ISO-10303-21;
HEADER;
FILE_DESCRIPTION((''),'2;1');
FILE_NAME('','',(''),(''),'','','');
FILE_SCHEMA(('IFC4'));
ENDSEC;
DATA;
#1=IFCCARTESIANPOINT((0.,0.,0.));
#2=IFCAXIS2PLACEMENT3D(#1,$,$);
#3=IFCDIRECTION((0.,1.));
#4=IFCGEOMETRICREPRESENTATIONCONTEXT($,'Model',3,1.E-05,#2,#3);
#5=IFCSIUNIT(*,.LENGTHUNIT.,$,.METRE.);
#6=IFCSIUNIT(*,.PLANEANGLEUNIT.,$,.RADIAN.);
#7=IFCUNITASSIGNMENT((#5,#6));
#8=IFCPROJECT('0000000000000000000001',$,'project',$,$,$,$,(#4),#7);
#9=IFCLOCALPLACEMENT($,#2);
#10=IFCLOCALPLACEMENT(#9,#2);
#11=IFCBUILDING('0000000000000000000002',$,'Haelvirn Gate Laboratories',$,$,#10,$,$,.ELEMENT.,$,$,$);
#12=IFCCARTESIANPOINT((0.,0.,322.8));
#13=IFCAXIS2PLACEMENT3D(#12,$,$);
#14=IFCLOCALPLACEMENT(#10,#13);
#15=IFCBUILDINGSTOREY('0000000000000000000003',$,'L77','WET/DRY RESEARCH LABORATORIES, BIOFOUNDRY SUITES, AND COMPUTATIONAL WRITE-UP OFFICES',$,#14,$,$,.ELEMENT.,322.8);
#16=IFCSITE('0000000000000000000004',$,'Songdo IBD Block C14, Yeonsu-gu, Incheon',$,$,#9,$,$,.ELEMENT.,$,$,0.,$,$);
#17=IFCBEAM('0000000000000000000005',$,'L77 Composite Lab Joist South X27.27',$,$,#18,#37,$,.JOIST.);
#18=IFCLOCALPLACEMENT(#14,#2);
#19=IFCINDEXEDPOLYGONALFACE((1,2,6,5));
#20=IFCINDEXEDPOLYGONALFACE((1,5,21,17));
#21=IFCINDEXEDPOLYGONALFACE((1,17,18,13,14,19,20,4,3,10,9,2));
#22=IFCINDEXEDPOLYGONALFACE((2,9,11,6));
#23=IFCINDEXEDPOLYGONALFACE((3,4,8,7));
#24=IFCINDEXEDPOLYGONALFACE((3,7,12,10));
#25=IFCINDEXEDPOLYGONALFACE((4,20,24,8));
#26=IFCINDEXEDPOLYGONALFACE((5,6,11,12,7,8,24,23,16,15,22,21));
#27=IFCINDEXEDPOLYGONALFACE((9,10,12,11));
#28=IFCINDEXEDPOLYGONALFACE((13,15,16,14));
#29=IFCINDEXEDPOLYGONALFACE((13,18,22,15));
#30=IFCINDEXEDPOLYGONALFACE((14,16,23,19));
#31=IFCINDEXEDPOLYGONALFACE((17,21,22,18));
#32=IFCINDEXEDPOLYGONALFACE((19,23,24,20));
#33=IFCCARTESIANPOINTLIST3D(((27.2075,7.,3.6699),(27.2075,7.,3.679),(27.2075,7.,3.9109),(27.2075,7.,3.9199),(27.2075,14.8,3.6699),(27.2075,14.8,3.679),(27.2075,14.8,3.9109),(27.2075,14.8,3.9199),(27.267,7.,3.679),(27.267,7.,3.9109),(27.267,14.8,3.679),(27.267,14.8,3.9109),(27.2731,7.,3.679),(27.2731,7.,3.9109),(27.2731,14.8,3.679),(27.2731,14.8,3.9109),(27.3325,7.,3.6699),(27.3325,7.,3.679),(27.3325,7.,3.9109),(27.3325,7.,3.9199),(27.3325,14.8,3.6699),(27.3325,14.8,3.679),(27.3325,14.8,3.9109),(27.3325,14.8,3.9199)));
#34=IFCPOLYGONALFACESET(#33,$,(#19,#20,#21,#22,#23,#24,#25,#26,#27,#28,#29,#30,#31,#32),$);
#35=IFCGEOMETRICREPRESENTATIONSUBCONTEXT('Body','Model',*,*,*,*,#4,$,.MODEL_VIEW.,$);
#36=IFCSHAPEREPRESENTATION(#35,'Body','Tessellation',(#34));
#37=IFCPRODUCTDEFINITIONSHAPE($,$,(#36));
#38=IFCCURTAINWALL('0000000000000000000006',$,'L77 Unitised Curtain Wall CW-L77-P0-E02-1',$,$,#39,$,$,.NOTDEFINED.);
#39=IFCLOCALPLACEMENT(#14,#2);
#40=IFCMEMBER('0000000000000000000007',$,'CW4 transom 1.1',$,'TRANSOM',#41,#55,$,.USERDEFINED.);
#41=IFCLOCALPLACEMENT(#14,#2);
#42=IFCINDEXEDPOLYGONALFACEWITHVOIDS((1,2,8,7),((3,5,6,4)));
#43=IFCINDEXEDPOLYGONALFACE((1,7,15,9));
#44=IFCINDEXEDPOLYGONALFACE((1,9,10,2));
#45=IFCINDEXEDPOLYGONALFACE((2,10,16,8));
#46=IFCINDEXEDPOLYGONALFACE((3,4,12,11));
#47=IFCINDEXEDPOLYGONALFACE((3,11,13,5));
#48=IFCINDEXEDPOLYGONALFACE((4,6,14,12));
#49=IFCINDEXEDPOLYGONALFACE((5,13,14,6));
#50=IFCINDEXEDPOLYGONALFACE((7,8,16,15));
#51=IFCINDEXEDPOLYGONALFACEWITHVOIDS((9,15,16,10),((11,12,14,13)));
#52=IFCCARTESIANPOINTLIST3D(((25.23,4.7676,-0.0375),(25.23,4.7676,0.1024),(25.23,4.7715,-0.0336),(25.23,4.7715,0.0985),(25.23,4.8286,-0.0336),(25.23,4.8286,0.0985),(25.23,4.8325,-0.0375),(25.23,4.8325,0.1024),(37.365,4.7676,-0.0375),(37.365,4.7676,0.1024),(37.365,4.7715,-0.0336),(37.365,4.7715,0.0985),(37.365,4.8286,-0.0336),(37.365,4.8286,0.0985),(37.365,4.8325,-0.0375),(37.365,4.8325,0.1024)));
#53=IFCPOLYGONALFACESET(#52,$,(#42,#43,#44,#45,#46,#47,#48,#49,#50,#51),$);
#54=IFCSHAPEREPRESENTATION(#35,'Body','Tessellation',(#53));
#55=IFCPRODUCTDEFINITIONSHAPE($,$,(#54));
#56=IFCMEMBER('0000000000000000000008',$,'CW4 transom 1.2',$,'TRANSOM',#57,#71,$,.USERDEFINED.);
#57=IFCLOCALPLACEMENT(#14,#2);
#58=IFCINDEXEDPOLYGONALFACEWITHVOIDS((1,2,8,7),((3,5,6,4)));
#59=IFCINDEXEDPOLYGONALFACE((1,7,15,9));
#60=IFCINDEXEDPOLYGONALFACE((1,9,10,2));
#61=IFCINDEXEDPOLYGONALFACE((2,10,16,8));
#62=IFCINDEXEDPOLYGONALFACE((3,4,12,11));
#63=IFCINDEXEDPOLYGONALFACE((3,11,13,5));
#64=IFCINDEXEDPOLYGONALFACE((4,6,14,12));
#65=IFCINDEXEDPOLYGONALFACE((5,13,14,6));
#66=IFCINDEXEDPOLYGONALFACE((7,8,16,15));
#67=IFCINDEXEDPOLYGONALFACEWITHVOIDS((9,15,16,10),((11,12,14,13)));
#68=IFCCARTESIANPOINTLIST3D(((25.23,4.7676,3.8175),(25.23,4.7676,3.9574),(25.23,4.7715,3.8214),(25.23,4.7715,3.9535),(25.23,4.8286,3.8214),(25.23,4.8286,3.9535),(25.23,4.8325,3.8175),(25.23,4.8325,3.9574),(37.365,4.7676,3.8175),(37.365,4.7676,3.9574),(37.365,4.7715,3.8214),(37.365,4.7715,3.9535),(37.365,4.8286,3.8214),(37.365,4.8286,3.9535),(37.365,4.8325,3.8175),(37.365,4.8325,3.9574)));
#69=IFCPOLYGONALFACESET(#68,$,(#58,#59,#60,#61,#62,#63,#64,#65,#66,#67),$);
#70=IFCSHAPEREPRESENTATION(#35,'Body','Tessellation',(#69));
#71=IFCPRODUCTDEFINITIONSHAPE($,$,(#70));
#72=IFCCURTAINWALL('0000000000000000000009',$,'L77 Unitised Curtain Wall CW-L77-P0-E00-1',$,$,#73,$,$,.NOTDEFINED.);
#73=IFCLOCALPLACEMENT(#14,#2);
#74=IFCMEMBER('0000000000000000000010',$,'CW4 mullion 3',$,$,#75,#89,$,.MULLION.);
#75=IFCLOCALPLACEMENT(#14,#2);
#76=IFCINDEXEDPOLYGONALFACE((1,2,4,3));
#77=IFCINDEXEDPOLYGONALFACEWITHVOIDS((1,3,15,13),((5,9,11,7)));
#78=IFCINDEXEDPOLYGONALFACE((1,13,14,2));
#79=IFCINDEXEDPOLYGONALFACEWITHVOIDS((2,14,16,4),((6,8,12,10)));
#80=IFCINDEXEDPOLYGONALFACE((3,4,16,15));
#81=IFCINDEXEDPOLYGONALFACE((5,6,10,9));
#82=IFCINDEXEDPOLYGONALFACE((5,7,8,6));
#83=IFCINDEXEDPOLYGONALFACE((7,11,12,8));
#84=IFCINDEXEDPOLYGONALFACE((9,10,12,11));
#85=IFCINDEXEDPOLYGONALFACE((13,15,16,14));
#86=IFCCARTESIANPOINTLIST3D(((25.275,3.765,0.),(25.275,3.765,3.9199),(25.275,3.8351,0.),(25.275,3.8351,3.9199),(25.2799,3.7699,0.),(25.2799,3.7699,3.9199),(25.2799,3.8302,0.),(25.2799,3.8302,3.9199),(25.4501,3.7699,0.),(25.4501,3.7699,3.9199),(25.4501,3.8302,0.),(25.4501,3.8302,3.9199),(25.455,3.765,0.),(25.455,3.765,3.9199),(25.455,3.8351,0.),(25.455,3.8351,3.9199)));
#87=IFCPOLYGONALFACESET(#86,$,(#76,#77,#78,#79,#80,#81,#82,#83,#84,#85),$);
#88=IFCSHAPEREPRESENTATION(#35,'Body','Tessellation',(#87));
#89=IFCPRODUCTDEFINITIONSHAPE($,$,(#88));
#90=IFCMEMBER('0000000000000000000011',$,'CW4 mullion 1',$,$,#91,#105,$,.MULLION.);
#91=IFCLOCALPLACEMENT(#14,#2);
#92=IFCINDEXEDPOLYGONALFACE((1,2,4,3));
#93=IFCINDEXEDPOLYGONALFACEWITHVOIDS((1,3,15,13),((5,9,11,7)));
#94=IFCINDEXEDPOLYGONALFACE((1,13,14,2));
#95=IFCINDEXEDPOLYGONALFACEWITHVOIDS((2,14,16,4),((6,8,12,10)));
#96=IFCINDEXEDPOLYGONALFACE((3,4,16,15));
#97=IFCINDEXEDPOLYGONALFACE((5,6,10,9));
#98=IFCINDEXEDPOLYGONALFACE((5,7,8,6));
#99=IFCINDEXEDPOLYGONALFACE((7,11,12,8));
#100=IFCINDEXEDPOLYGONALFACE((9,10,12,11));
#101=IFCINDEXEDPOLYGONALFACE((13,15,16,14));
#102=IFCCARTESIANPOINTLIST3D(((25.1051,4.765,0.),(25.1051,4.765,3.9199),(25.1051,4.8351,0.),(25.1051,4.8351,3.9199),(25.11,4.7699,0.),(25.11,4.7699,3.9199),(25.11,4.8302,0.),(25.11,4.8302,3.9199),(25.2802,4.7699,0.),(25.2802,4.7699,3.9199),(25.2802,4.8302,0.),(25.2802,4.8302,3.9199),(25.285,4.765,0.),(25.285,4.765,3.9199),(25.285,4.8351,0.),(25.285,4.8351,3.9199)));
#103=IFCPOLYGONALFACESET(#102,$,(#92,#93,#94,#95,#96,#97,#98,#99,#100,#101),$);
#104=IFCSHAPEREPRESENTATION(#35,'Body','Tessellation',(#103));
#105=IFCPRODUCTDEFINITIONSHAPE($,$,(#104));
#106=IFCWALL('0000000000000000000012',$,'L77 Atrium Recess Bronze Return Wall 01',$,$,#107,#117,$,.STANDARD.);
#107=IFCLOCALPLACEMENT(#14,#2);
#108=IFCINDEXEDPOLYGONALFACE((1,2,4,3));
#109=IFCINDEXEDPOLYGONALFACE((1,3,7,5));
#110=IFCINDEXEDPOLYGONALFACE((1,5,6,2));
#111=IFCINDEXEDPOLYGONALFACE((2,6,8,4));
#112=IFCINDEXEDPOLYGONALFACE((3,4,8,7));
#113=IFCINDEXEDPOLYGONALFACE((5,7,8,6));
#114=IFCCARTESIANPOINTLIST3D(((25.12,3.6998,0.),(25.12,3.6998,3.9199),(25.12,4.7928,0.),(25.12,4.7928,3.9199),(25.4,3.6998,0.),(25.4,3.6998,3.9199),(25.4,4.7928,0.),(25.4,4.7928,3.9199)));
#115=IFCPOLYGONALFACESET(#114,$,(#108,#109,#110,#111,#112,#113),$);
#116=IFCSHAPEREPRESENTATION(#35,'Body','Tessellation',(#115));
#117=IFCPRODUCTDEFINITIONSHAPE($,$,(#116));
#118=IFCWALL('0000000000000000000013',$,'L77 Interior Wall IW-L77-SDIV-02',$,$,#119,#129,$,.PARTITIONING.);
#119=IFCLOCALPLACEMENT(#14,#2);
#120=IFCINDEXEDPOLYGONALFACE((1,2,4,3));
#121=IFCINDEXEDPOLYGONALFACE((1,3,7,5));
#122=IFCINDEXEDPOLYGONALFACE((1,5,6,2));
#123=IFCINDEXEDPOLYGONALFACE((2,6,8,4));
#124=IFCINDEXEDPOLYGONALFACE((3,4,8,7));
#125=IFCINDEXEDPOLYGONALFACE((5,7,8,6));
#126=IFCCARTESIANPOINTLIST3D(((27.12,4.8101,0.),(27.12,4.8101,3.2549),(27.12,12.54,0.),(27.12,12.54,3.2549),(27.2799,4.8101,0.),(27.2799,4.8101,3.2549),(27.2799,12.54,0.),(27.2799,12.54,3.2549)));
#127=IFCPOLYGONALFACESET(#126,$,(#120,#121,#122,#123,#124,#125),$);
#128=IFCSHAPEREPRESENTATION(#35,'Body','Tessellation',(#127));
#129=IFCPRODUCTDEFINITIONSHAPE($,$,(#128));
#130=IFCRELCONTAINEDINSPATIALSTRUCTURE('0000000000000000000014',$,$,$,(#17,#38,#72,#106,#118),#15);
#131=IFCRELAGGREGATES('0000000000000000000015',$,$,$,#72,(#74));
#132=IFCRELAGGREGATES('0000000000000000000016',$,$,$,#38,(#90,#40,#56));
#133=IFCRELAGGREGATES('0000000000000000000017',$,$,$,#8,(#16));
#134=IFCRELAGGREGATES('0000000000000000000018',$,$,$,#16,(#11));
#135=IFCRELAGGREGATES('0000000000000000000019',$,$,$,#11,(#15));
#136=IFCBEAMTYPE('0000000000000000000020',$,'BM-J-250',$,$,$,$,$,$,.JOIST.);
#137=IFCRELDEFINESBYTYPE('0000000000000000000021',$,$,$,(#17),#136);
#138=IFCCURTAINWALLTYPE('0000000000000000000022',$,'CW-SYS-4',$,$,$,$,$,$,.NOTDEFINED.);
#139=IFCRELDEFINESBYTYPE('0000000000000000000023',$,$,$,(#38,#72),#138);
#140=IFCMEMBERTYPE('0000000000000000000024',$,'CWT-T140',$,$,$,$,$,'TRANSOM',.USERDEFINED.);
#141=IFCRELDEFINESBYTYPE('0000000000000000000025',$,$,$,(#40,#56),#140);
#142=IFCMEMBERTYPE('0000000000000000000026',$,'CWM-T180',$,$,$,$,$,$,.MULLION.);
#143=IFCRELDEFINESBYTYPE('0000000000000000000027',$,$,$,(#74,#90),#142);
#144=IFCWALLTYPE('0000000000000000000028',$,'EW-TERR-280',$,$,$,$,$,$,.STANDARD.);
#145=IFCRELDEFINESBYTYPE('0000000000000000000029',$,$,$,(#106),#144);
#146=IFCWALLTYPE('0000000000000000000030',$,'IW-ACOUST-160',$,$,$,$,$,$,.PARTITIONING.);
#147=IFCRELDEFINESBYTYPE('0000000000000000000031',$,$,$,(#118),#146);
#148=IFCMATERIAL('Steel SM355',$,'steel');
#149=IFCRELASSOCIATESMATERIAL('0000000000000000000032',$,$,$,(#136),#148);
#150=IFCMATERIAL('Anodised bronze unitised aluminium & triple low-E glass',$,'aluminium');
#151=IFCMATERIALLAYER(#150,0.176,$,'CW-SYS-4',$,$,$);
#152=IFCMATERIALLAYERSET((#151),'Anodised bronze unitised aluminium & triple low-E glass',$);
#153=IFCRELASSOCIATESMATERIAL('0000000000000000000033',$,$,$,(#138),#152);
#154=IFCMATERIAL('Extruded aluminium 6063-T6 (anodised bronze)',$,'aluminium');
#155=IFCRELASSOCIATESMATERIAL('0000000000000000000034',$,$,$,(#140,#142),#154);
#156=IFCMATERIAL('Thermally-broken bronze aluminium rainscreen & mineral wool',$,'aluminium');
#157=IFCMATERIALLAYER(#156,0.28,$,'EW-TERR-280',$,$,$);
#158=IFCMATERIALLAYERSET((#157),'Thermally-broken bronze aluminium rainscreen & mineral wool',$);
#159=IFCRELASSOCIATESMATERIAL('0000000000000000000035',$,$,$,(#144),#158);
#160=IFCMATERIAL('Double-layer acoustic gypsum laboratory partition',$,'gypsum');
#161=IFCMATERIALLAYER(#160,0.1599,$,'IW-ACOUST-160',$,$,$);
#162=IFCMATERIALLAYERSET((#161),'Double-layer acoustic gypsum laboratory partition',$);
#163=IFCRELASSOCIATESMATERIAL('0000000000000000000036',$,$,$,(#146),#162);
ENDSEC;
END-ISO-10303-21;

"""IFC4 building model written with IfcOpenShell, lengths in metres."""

from ifc_helpers import new_model, si_unit, direction, frame, frame_2d, origin, origin_2d, place, context, subcontext, project, spatial, rectangle, hollow_rectangle, i_section, extrude, source, transform, mapped, material, layer, layer_set, material_profile, profile_set, type_object, type_shapes, element, aggregate, save


model = new_model("IFC4")

# Units and contexts
model_context = context("Model", 3, precision=1e-05, world=origin(), true_north=direction((0.0, 1.0)))
body_context = subcontext(model_context, "Body", "Model", "MODEL_VIEW")
ifc_project = project(units=[si_unit("LENGTHUNIT", "METRE"), si_unit("PLANEANGLEUNIT", "RADIAN")], contexts=[model_context])

# Site, building, storey
site_placement = place(None, origin())
site = spatial("IfcSite", under=ifc_project, at=site_placement, Name="Songdo IBD Block C14, Yeonsu-gu, Incheon", CompositionType="ELEMENT", RefElevation=0.0)
building_placement = place(site_placement, origin())
building = spatial("IfcBuilding", under=site, at=building_placement, Name="Haelvirn Gate Laboratories", CompositionType="ELEMENT")
storey_placement = place(building_placement, frame((0.0, 0.0, 322.8)))
storey = spatial("IfcBuildingStorey", under=building, at=storey_placement, Name="L77", Description="WET/DRY RESEARCH LABORATORIES, BIOFOUNDRY SUITES, AND COMPUTATIONAL WRITE-UP OFFICES", CompositionType="ELEMENT", Elevation=322.8)

# Shared definitions
ifc_material_1 = material(Name="Steel SM355", Category="steel")

# Beam
ifc_material_profile_1 = material_profile(ifc_material_1, i_section(OverallWidth=0.125, OverallDepth=0.25, WebThickness=0.0061, FlangeThickness=0.009, at=origin_2d()), Name="H-250x125x6x9")
ifc_profile_set_1 = profile_set([ifc_material_profile_1], Name="Steel SM355")
beam_type_1 = type_object("IfcBeamType", Name="BM-J-250", PredefinedType="JOIST", material=ifc_profile_set_1)
shared_shape_1 = source(origin(), body_context, "Body", "SweptSolid", [
    extrude(i_section(OverallWidth=0.125, OverallDepth=0.25, WebThickness=0.0061, FlangeThickness=0.009, at=origin_2d()), origin(), (0.0, 0.0, 1.0), 7.8),
])
type_shapes(beam_type_1, [shared_shape_1])
for number, where, z_axis, x_axis, name in (
    (1, (27.27, 7.0, 3.7949), (0.0, 1.0, 0.0), (-1.0, 0.0, 0.0), "L77 Composite Lab Joist South X27.27"),
):
    element("IfcBeam", number, at=place(storey_placement, frame(where, z_axis=z_axis, x_axis=x_axis)), inside=storey, type_object=beam_type_1, Name=name, PredefinedType="JOIST", context=body_context, shape_type="MappedRepresentation", body=[
        mapped(shared_shape_1, transform((0.0, 0.0, 0.0), scale=1.0)),
    ])

# Curtain wall, members
ifc_material_2 = material(Name="Anodised bronze unitised aluminium & triple low-E glass", Category="aluminium")
ifc_layer_1 = layer(ifc_material_2, 0.176, Name="CW-SYS-4")
ifc_layer_set_1 = layer_set([ifc_layer_1], Name="Anodised bronze unitised aluminium & triple low-E glass")
curtain_wall_type = type_object("IfcCurtainWallType", Name="CW-SYS-4", PredefinedType="NOTDEFINED", material=ifc_layer_set_1)
curtain_wall_1_placement = place(storey_placement, origin())
curtain_wall_1 = element("IfcCurtainWall", 2, at=curtain_wall_1_placement, inside=storey, type_object=curtain_wall_type, Name="L77 Unitised Curtain Wall CW-L77-P0-E02-1", PredefinedType="NOTDEFINED")
ifc_material_3 = material(Name="Extruded aluminium 6063-T6 (anodised bronze)", Category="aluminium")
ifc_material_profile_2 = material_profile(ifc_material_3, hollow_rectangle(XDim=0.0649, YDim=0.1399, WallThickness=0.0039, at=origin_2d()), Name="CWT-140x65x4")
ifc_profile_set_2 = profile_set([ifc_material_profile_2], Name="Extruded aluminium 6063-T6 (anodised bronze)")
member_type_1 = type_object("IfcMemberType", Name="CWT-T140", ElementType="TRANSOM", PredefinedType="USERDEFINED", material=ifc_profile_set_2)
shared_shape_2 = source(origin(), body_context, "Body", "SweptSolid", [
    extrude(hollow_rectangle(XDim=0.0649, YDim=0.1399, WallThickness=0.0039, at=origin_2d()), origin(), (0.0, 0.0, 1.0), 12.135),
])
type_shapes(member_type_1, [shared_shape_2])
member_1_placement = place(storey_placement, frame((25.23, 4.8, 0.0325), z_axis=(1.0, 0.0, 0.0), x_axis=(0.0, 1.0, 0.0)))
member_1 = element("IfcMember", 3, at=member_1_placement, type_object=member_type_1, Name="CW4 transom 1.1", ObjectType="TRANSOM", PredefinedType="USERDEFINED", context=body_context, shape_type="MappedRepresentation", body=[
    mapped(shared_shape_2, transform((0.0, 0.0, 0.0), scale=1.0)),
])
member_2_placement = place(storey_placement, frame((25.23, 4.8, 3.8875), z_axis=(1.0, 0.0, 0.0), x_axis=(0.0, 1.0, 0.0)))
member_2 = element("IfcMember", 4, at=member_2_placement, type_object=member_type_1, Name="CW4 transom 1.2", ObjectType="TRANSOM", PredefinedType="USERDEFINED", context=body_context, shape_type="MappedRepresentation", body=[
    mapped(shared_shape_2, transform((0.0, 0.0, 0.0), scale=1.0)),
])

# Curtain wall, member
curtain_wall_2_placement = place(storey_placement, origin())
curtain_wall_2 = element("IfcCurtainWall", 5, at=curtain_wall_2_placement, inside=storey, type_object=curtain_wall_type, Name="L77 Unitised Curtain Wall CW-L77-P0-E00-1", PredefinedType="NOTDEFINED")
ifc_material_profile_3 = material_profile(ifc_material_3, hollow_rectangle(XDim=0.0701, YDim=0.1799, WallThickness=0.0049, at=origin_2d()), Name="CWM-180x70x5")
ifc_profile_set_3 = profile_set([ifc_material_profile_3], Name="Extruded aluminium 6063-T6 (anodised bronze)")
member_type_2 = type_object("IfcMemberType", Name="CWM-T180", PredefinedType="MULLION", material=ifc_profile_set_3)
shared_shape_3 = source(origin(), body_context, "Body", "SweptSolid", [
    extrude(hollow_rectangle(XDim=0.0701, YDim=0.1799, WallThickness=0.0049, at=origin_2d()), origin(), (0.0, 0.0, 1.0), 3.9199),
])
type_shapes(member_type_2, [shared_shape_3])
member_3_placement = place(storey_placement, frame((25.365, 3.8, 0.0), z_axis=(0.0, 0.0, 1.0), x_axis=(0.0, 1.0, 0.0)))
member_3 = element("IfcMember", 6, at=member_3_placement, type_object=member_type_2, Name="CW4 mullion 3", PredefinedType="MULLION", context=body_context, shape_type="MappedRepresentation", body=[
    mapped(shared_shape_3, transform((0.0, 0.0, 0.0), scale=1.0)),
])
aggregate(curtain_wall_2, [member_3])

# Member
member_4_placement = place(storey_placement, frame((25.1951, 4.8, 0.0), z_axis=(0.0, 0.0, 1.0), x_axis=(0.0, 1.0, 0.0)))
member_4 = element("IfcMember", 7, at=member_4_placement, type_object=member_type_2, Name="CW4 mullion 1", PredefinedType="MULLION", context=body_context, shape_type="MappedRepresentation", body=[
    mapped(shared_shape_3, transform((0.0, 0.0, 0.0), scale=1.0)),
])
aggregate(curtain_wall_1, [member_4, member_1, member_2])

# Walls
ifc_material_4 = material(Name="Thermally-broken bronze aluminium rainscreen & mineral wool", Category="aluminium")
ifc_layer_2 = layer(ifc_material_4, 0.28, Name="EW-TERR-280")
ifc_layer_set_2 = layer_set([ifc_layer_2], Name="Thermally-broken bronze aluminium rainscreen & mineral wool")
wall_type_1 = type_object("IfcWallType", Name="EW-TERR-280", PredefinedType="STANDARD", material=ifc_layer_set_2)
wall_1_placement = place(storey_placement, frame((25.26, 3.7, 0.0), z_axis=(0.0, 0.0, 1.0), x_axis=(0.0, 1.0, 0.0)))
element("IfcWall", 8, at=wall_1_placement, inside=storey, type_object=wall_type_1, Name="L77 Atrium Recess Bronze Return Wall 01", PredefinedType="STANDARD", context=body_context, shape_type="SweptSolid", body=[
    extrude(rectangle(XDim=1.093, YDim=0.28, at=frame_2d((0.5464, 0.0))), origin(), (0.0, 0.0, 1.0), 3.9199),
])
ifc_material_5 = material(Name="Double-layer acoustic gypsum laboratory partition", Category="gypsum")
ifc_layer_3 = layer(ifc_material_5, 0.1599, Name="IW-ACOUST-160")
ifc_layer_set_3 = layer_set([ifc_layer_3], Name="Double-layer acoustic gypsum laboratory partition")
wall_type_2 = type_object("IfcWallType", Name="IW-ACOUST-160", PredefinedType="PARTITIONING", material=ifc_layer_set_3)
wall_2_placement = place(storey_placement, frame((27.2, 4.8101, 0.0), z_axis=(0.0, 0.0, 1.0), x_axis=(0.0, 1.0, 0.0)))
element("IfcWall", 9, at=wall_2_placement, inside=storey, type_object=wall_type_2, Name="L77 Interior Wall IW-L77-SDIV-02", PredefinedType="PARTITIONING", context=body_context, shape_type="SweptSolid", body=[
    extrude(rectangle(XDim=7.73, YDim=0.1599, at=frame_2d((3.865, 0.0))), origin(), (0.0, 0.0, 1.0), 3.2549),
])

save(model, "model.ifc")
